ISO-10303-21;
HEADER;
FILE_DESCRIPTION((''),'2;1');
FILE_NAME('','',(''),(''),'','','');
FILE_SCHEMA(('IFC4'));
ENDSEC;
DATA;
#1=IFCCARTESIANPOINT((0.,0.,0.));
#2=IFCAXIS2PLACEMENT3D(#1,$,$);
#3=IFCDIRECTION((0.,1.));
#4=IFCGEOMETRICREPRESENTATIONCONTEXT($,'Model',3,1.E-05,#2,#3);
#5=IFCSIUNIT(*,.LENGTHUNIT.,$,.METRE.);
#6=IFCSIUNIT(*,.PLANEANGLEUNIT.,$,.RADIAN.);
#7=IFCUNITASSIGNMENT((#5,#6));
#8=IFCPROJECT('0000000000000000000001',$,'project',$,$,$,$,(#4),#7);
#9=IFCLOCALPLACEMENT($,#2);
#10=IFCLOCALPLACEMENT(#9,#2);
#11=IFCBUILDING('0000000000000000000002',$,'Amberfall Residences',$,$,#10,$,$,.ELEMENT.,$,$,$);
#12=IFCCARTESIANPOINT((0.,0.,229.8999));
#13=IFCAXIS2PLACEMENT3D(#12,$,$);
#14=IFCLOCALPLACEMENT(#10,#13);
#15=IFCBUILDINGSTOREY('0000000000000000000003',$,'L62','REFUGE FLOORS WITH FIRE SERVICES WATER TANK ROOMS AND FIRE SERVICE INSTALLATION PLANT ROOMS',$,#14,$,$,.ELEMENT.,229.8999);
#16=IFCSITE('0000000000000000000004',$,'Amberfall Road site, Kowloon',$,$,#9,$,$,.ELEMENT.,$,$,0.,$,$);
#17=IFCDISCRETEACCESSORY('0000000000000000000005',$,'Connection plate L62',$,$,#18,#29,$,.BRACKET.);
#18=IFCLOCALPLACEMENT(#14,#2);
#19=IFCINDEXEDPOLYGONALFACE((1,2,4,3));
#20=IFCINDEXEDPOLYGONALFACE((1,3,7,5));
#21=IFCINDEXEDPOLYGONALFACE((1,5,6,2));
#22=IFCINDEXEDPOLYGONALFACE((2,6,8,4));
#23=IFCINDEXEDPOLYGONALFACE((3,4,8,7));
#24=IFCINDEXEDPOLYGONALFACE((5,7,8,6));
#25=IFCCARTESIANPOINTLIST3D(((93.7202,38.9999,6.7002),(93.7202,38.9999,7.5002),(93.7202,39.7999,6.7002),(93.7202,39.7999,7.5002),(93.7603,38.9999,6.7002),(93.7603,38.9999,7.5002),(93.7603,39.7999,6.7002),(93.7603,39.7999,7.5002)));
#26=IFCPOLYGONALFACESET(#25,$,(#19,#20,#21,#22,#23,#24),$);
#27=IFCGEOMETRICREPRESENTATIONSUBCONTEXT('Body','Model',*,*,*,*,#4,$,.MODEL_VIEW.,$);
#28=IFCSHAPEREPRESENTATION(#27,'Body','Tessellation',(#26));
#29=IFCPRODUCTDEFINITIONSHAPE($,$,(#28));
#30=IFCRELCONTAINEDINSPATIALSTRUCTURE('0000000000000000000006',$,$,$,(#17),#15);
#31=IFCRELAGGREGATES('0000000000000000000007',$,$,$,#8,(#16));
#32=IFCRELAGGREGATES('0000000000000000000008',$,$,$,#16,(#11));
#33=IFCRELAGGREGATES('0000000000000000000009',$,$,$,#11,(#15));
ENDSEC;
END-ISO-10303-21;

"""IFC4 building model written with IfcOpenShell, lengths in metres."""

from ifc_helpers import new_model, si_unit, direction, frame, origin, origin_2d, place, context, subcontext, project, spatial, rectangle, extrude, element, save


model = new_model("IFC4")

# Units and contexts
model_context = context("Model", 3, precision=1e-05, world=origin(), true_north=direction((0.0, 1.0)))
body_context = subcontext(model_context, "Body", "Model", "MODEL_VIEW")
ifc_project = project(units=[si_unit("LENGTHUNIT", "METRE"), si_unit("PLANEANGLEUNIT", "RADIAN")], contexts=[model_context])

# Site, building, storey
site_placement = place(None, origin())
site = spatial("IfcSite", under=ifc_project, at=site_placement, Name="Amberfall Road site, Kowloon", CompositionType="ELEMENT", RefElevation=0.0)
building_placement = place(site_placement, origin())
building = spatial("IfcBuilding", under=site, at=building_placement, Name="Amberfall Residences", CompositionType="ELEMENT")
storey_placement = place(building_placement, frame((0.0, 0.0, 229.8999)))
storey = spatial("IfcBuildingStorey", under=building, at=storey_placement, Name="L62", Description="REFUGE FLOORS WITH FIRE SERVICES WATER TANK ROOMS AND FIRE SERVICE INSTALLATION PLANT ROOMS", CompositionType="ELEMENT", Elevation=229.8999)

# Discrete accessory
discrete_accessory_1_placement = place(storey_placement, frame((93.7402, 39.3999, 6.7002), z_axis=(0.0, 0.0, 1.0), x_axis=(0.0, 1.0, 0.0)))
element("IfcDiscreteAccessory", 1, at=discrete_accessory_1_placement, inside=storey, Name="Connection plate L62", PredefinedType="BRACKET", context=body_context, shape_type="SweptSolid", body=[
    extrude(rectangle(XDim=0.8, YDim=0.04, at=origin_2d()), origin(), (0.0, 0.0, 1.0), 0.8),
])

save(model, "model.ifc")
